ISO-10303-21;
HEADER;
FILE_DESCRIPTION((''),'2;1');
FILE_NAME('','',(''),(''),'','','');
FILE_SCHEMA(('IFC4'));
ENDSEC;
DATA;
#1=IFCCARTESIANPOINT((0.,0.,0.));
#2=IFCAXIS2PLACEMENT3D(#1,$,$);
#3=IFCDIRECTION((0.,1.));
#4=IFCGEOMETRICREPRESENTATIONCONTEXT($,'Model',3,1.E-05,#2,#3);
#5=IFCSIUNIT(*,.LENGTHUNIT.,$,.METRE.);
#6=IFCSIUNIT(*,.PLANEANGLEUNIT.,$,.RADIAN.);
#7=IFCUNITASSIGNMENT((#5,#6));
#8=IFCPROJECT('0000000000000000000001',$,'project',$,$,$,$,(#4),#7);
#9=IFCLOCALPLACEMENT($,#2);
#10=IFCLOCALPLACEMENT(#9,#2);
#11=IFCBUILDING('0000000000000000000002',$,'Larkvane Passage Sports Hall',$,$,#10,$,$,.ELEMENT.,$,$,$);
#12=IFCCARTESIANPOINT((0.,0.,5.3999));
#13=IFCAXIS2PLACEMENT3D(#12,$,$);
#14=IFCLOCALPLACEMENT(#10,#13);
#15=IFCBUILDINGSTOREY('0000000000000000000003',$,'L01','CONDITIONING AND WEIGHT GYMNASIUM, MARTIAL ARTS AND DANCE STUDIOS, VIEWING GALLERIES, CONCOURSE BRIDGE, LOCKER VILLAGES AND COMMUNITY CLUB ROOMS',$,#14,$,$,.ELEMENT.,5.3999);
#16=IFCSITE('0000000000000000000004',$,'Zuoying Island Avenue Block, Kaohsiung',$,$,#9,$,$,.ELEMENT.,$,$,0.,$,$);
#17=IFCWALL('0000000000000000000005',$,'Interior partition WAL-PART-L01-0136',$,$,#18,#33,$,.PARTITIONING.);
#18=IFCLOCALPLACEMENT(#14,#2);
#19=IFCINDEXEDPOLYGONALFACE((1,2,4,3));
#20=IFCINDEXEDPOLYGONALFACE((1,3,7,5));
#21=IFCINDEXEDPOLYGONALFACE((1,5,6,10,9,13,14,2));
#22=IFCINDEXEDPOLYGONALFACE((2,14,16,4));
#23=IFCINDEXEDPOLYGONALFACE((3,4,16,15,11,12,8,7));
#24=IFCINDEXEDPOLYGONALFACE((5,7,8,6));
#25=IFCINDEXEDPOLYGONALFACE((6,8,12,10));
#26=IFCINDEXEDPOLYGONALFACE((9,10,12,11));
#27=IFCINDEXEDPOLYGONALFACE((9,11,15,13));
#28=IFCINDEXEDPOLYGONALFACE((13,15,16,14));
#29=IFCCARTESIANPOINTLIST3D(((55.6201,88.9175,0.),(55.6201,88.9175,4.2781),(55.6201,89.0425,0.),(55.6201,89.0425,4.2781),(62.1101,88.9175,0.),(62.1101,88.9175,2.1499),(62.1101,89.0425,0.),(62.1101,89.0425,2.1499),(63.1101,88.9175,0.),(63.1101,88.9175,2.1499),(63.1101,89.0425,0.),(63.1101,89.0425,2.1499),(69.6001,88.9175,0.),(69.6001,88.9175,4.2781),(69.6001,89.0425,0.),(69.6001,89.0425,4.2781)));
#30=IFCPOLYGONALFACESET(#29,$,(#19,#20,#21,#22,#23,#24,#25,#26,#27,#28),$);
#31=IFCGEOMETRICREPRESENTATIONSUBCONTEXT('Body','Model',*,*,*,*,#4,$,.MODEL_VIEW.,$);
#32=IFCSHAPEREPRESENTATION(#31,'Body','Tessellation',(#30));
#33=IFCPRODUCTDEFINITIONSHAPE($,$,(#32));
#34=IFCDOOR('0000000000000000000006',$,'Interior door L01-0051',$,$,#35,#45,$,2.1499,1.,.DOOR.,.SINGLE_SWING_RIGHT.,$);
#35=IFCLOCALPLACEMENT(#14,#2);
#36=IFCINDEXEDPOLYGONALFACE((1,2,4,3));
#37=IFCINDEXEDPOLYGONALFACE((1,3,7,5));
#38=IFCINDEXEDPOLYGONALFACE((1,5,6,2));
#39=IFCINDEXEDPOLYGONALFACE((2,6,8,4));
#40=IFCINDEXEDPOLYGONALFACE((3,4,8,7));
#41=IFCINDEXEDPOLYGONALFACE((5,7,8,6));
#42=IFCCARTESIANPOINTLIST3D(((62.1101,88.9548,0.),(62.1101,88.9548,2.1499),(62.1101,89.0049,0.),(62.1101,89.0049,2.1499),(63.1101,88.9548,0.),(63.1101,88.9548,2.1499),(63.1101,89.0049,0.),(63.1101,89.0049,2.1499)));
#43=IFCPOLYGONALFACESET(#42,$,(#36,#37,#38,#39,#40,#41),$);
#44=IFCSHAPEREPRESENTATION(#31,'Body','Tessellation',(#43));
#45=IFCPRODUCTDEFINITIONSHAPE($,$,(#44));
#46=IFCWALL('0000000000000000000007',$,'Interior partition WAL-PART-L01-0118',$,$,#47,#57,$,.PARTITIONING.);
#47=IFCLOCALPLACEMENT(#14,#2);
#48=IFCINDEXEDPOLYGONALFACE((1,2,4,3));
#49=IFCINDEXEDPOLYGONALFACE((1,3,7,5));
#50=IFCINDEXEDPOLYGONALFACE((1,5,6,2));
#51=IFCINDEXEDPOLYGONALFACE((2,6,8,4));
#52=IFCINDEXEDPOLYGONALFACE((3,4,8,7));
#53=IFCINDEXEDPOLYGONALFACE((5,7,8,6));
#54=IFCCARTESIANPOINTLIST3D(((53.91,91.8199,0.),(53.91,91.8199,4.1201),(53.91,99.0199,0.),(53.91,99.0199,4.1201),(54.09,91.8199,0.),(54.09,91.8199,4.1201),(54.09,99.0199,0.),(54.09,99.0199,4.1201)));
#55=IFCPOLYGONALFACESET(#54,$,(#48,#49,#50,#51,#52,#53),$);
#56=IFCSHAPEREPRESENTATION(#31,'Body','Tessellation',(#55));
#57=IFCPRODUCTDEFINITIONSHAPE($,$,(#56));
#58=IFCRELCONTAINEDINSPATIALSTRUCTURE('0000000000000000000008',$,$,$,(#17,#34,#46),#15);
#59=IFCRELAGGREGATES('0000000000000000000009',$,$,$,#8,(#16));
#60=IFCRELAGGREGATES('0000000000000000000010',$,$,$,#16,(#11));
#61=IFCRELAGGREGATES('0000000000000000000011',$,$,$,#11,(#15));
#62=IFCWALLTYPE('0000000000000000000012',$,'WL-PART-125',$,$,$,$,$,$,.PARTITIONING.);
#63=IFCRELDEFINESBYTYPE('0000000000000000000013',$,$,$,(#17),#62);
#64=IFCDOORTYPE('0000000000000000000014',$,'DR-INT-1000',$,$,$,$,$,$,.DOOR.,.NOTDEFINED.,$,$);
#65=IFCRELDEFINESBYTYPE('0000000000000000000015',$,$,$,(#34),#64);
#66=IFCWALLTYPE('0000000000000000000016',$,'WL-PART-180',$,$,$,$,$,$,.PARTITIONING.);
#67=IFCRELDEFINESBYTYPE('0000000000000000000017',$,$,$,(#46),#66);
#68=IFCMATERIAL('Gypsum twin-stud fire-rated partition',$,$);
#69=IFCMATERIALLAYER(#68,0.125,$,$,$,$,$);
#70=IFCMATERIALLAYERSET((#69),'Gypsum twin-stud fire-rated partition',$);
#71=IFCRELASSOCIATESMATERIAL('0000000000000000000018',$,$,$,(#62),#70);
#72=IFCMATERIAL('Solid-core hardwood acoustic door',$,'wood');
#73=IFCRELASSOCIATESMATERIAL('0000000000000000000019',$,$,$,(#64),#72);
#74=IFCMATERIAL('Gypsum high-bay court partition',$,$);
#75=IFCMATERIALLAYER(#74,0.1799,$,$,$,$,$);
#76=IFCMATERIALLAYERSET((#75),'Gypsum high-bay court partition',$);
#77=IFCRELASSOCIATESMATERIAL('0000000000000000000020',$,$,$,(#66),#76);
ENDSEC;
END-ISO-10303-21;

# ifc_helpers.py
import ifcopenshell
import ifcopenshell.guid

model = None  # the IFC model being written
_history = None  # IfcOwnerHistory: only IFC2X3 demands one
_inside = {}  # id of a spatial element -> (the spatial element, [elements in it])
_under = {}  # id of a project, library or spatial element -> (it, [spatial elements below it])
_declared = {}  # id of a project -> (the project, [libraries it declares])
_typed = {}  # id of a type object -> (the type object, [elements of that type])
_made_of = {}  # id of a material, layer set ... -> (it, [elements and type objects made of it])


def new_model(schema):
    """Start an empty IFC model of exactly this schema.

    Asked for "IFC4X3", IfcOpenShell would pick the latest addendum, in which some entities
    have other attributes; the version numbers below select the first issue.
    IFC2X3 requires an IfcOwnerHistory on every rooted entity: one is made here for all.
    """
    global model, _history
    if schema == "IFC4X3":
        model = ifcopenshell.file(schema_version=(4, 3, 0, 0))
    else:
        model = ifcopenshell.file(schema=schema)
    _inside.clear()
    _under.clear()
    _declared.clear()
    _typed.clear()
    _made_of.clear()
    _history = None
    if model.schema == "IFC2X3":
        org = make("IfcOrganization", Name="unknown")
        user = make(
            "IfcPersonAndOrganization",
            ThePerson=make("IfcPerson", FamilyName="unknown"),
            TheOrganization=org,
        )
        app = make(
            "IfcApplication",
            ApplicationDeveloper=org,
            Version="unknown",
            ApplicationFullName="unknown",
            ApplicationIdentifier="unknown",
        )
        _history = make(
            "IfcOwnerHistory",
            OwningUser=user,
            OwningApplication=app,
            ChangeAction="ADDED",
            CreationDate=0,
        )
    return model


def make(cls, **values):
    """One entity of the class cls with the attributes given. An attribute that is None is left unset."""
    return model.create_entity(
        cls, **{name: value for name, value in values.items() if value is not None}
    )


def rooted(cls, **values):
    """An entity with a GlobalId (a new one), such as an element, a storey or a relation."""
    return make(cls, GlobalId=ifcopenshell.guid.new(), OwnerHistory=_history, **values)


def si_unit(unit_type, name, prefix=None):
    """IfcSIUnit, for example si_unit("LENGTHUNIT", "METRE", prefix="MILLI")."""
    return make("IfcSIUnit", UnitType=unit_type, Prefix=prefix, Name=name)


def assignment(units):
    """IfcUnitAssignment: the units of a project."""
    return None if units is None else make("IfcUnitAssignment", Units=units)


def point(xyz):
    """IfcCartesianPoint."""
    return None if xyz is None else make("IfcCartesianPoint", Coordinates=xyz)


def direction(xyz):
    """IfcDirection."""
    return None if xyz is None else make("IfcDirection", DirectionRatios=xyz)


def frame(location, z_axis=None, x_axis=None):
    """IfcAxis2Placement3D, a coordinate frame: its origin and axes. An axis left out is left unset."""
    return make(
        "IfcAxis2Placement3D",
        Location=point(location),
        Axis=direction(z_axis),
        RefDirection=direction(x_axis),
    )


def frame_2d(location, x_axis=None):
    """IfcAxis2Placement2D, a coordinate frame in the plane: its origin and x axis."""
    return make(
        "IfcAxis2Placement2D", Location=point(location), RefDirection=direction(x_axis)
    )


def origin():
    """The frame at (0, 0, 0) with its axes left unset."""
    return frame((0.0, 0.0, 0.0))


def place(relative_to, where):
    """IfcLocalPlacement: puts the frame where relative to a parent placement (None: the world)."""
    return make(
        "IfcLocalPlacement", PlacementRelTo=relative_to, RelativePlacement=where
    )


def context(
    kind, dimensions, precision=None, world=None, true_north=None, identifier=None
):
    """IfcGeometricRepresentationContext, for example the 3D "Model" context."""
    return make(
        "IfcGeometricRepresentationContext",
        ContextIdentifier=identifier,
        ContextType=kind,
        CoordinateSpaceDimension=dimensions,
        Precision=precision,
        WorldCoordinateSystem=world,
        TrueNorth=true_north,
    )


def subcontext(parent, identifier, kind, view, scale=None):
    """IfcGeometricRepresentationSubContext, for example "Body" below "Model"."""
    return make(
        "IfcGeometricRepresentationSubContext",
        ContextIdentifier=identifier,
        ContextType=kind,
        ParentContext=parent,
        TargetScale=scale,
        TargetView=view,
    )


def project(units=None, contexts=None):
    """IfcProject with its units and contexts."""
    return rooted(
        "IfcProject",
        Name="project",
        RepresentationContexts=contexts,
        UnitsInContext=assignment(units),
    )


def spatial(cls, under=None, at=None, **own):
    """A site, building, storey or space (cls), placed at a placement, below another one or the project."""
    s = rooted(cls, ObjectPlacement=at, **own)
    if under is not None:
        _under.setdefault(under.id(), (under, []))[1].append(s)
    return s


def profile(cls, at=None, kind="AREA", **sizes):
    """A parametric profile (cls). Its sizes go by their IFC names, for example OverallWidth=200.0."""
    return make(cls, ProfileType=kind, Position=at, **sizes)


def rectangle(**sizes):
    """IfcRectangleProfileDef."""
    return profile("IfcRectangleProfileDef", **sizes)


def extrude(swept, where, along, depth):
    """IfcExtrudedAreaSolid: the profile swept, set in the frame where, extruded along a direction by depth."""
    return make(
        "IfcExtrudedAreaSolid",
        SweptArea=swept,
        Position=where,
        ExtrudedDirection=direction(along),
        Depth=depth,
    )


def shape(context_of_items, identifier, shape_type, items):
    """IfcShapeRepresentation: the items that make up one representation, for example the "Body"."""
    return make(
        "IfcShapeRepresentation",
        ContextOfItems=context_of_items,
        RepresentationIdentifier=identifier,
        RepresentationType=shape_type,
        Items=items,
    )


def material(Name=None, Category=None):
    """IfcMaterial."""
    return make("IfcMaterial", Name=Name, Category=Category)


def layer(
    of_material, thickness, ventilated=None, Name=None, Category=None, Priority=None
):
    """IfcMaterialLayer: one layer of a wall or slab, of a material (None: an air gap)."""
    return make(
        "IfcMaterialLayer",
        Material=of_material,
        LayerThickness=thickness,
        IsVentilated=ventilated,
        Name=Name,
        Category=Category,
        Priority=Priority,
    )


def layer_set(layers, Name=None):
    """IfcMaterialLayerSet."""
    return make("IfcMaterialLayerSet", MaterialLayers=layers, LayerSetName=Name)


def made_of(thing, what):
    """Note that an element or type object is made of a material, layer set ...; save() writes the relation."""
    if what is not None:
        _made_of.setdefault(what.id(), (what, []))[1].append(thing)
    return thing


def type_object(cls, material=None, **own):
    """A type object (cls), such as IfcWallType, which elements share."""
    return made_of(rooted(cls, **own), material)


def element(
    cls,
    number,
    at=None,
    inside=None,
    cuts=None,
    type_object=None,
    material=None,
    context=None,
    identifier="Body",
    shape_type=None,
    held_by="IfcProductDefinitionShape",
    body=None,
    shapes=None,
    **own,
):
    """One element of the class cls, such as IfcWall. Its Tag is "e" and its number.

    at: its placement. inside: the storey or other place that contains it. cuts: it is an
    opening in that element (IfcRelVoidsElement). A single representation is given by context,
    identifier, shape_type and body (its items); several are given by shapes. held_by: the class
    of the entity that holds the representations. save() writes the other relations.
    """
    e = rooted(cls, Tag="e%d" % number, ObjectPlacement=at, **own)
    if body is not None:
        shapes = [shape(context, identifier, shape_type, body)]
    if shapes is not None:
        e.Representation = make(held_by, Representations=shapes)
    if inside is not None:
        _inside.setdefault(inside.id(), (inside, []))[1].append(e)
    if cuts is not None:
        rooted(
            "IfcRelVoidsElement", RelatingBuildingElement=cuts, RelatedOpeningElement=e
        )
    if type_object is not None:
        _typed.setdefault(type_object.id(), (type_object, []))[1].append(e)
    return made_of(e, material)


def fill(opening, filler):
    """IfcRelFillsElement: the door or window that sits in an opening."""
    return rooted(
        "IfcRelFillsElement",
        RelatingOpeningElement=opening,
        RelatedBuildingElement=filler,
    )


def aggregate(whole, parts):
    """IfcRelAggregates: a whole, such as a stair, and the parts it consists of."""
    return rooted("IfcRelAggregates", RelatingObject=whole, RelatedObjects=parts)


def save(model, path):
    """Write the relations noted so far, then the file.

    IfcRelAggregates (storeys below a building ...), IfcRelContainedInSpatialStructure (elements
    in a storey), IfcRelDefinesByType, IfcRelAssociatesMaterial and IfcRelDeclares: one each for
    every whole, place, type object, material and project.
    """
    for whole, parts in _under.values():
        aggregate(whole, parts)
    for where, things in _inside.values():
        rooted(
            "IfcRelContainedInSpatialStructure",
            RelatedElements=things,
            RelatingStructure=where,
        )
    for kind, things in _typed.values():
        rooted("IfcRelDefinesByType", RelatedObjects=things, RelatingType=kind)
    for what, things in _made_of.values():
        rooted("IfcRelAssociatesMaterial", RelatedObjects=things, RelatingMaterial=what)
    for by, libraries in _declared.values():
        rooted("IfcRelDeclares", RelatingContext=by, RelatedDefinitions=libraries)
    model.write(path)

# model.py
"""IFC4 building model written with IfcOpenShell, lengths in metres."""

from ifc_helpers import new_model, si_unit, direction, frame, frame_2d, origin, place, context, subcontext, project, spatial, rectangle, extrude, material, layer, layer_set, type_object, element, fill, save


model = new_model("IFC4")

# Units and contexts
model_context = context("Model", 3, precision=1e-05, world=origin(), true_north=direction((0.0, 1.0)))
body_context = subcontext(model_context, "Body", "Model", "MODEL_VIEW")
ifc_project = project(units=[si_unit("LENGTHUNIT", "METRE"), si_unit("PLANEANGLEUNIT", "RADIAN")], contexts=[model_context])

# Site, building, storey
site_placement = place(None, origin())
site = spatial("IfcSite", under=ifc_project, at=site_placement, Name="Zuoying Island Avenue Block, Kaohsiung", CompositionType="ELEMENT", RefElevation=0.0)
building_placement = place(site_placement, origin())
building = spatial("IfcBuilding", under=site, at=building_placement, Name="Larkvane Passage Sports Hall", CompositionType="ELEMENT")
storey_placement = place(building_placement, frame((0.0, 0.0, 5.3999)))
storey = spatial("IfcBuildingStorey", under=building, at=storey_placement, Name="L01", Description="CONDITIONING AND WEIGHT GYMNASIUM, MARTIAL ARTS AND DANCE STUDIOS, VIEWING GALLERIES, CONCOURSE BRIDGE, LOCKER VILLAGES AND COMMUNITY CLUB ROOMS", CompositionType="ELEMENT", Elevation=5.3999)

# Shared definitions
ifc_material_1 = material(Name="Gypsum twin-stud fire-rated partition")
ifc_layer_1 = layer(ifc_material_1, 0.125)
ifc_layer_set_1 = layer_set([ifc_layer_1], Name="Gypsum twin-stud fire-rated partition")
wall_type_1 = type_object("IfcWallType", Name="WL-PART-125", PredefinedType="PARTITIONING", material=ifc_layer_set_1)

# Wall, opening, door
wall_1_placement = place(storey_placement, frame((55.6201, 88.98, 0.0), z_axis=(0.0, 0.0, 1.0), x_axis=(1.0, 0.0, 0.0)))
wall_1 = element("IfcWall", 1, at=wall_1_placement, inside=storey, type_object=wall_type_1, Name="Interior partition WAL-PART-L01-0136", PredefinedType="PARTITIONING", context=body_context, shape_type="SweptSolid", body=[
    extrude(rectangle(XDim=13.98, YDim=0.125, at=frame_2d((6.99, 0.0))), origin(), (0.0, 0.0, 1.0), 4.2781),
])
opening_1_placement = place(wall_1_placement, frame((6.49, 0.0, 0.0)))
opening_1 = element("IfcOpeningElement", 2, at=opening_1_placement, cuts=wall_1, PredefinedType="OPENING", context=body_context, shape_type="SweptSolid", body=[
    extrude(rectangle(XDim=1.0, YDim=2.1499, at=frame_2d((0.5, 1.075))), frame((0.0, 0.0725, 0.0), z_axis=(0.0, -1.0, 0.0), x_axis=(1.0, 0.0, 0.0)), (0.0, 0.0, 1.0), 0.145),
])
ifc_material_2 = material(Name="Solid-core hardwood acoustic door", Category="wood")
door_type_1 = type_object("IfcDoorType", Name="DR-INT-1000", OperationType="NOTDEFINED", PredefinedType="DOOR", material=ifc_material_2)
door_1_placement = place(opening_1_placement, origin())
door_1 = element("IfcDoor", 3, at=door_1_placement, inside=storey, type_object=door_type_1, Name="Interior door L01-0051", OperationType="SINGLE_SWING_RIGHT", OverallHeight=2.1499, OverallWidth=1.0, PredefinedType="DOOR", context=body_context, shape_type="SweptSolid", body=[
    extrude(rectangle(XDim=1.0, YDim=2.1499, at=frame_2d((0.5, 1.075))), frame((0.0, 0.0249, 0.0), z_axis=(0.0, -1.0, 0.0), x_axis=(1.0, 0.0, 0.0)), (0.0, 0.0, 1.0), 0.05),
])
fill(opening_1, door_1)

# Wall
ifc_material_3 = material(Name="Gypsum high-bay court partition")
ifc_layer_2 = layer(ifc_material_3, 0.1799)
ifc_layer_set_2 = layer_set([ifc_layer_2], Name="Gypsum high-bay court partition")
wall_type_2 = type_object("IfcWallType", Name="WL-PART-180", PredefinedType="PARTITIONING", material=ifc_layer_set_2)
wall_2_placement = place(storey_placement, frame((54.0, 99.02, 0.0), z_axis=(0.0, 0.0, 1.0), x_axis=(0.0, -1.0, 0.0)))
element("IfcWall", 4, at=wall_2_placement, inside=storey, type_object=wall_type_2, Name="Interior partition WAL-PART-L01-0118", PredefinedType="PARTITIONING", context=body_context, shape_type="SweptSolid", body=[
    extrude(rectangle(XDim=7.2, YDim=0.1799, at=frame_2d((3.6001, 0.0))), origin(), (0.0, 0.0, 1.0), 4.1201),
])

save(model, "model.ifc")
